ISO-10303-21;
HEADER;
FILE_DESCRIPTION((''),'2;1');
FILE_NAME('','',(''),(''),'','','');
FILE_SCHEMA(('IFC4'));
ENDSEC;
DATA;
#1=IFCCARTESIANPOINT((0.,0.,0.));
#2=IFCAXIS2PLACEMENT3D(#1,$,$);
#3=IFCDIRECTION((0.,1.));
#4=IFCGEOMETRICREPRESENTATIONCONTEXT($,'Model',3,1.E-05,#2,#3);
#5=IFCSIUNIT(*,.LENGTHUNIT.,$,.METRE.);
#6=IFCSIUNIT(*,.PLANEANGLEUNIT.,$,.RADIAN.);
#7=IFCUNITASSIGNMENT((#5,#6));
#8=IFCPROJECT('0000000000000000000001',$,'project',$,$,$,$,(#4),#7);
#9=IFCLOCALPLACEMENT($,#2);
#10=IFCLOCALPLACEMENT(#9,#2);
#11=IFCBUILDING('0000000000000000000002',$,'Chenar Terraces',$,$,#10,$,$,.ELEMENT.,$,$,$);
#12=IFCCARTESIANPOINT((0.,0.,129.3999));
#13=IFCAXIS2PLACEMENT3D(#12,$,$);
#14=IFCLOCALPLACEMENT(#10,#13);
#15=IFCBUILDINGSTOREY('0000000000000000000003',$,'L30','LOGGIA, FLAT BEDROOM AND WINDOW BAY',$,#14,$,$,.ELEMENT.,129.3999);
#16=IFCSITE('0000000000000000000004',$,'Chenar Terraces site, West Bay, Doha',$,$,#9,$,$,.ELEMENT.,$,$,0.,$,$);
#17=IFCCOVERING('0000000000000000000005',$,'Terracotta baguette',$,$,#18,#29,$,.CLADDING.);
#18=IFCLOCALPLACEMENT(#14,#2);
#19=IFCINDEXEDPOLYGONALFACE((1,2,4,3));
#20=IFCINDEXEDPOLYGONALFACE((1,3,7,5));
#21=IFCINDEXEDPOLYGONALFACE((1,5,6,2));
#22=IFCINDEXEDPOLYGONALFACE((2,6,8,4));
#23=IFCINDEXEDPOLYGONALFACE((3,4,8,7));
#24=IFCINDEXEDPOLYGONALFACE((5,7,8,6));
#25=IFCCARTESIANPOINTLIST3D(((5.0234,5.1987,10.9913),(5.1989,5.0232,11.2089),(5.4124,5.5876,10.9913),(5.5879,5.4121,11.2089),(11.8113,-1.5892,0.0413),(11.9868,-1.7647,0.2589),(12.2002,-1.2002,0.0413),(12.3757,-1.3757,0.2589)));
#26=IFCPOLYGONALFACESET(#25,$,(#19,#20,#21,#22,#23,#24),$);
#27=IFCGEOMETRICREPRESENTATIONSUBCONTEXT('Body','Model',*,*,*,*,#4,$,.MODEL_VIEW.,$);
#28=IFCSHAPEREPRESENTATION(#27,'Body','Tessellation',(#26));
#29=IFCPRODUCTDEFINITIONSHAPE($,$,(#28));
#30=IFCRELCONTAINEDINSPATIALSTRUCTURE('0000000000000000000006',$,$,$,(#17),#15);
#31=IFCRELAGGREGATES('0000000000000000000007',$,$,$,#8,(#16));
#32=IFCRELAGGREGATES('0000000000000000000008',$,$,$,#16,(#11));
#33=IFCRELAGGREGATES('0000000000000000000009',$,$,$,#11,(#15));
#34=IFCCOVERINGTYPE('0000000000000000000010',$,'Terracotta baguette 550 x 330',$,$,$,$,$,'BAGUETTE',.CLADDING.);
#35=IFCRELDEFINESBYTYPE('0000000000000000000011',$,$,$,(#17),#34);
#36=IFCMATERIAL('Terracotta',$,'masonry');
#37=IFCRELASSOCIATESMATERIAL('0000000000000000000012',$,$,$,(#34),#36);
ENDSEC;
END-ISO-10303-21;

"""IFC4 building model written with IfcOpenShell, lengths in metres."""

from ifc_helpers import new_model, si_unit, direction, frame, origin, origin_2d, place, context, subcontext, project, spatial, rectangle, extrude, material, material_profile, profile_set, type_object, element, save


model = new_model("IFC4")

# Units and contexts
model_context = context("Model", 3, precision=1e-05, world=origin(), true_north=direction((0.0, 1.0)))
body_context = subcontext(model_context, "Body", "Model", "MODEL_VIEW")
ifc_project = project(units=[si_unit("LENGTHUNIT", "METRE"), si_unit("PLANEANGLEUNIT", "RADIAN")], contexts=[model_context])

# Site, building, storey
site_placement = place(None, origin())
site = spatial("IfcSite", under=ifc_project, at=site_placement, Name="Chenar Terraces site, West Bay, Doha", CompositionType="ELEMENT", RefElevation=0.0)
building_placement = place(site_placement, origin())
building = spatial("IfcBuilding", under=site, at=building_placement, Name="Chenar Terraces", CompositionType="ELEMENT")
storey_placement = place(building_placement, frame((0.0, 0.0, 129.3999)))
storey = spatial("IfcBuildingStorey", under=building, at=storey_placement, Name="L30", Description="LOGGIA, FLAT BEDROOM AND WINDOW BAY", CompositionType="ELEMENT", Elevation=129.3999)

# Covering
ifc_material_1 = material(Name="Terracotta", Category="masonry")
ifc_material_profile = material_profile(ifc_material_1, rectangle(XDim=0.55, YDim=0.3301, at=origin_2d()), Name="Terracotta baguette 550 x 330")
ifc_profile_set = profile_set([ifc_material_profile], Name="Terracotta")
covering_type = type_object("IfcCoveringType", Name="Terracotta baguette 550 x 330", ElementType="BAGUETTE", PredefinedType="CLADDING", material=ifc_profile_set)
covering_1_placement = place(storey_placement, frame((5.3057, 5.3054, 11.1001), z_axis=(0.466135, -0.466135, -0.751955), x_axis=(0.707107, 0.707107, 0.0)))
element("IfcCovering", 1, at=covering_1_placement, inside=storey, type_object=covering_type, Name="Terracotta baguette", PredefinedType="CLADDING", context=body_context, shape_type="SweptSolid", body=[
    extrude(rectangle(XDim=0.55, YDim=0.3301, at=origin_2d()), origin(), (0.0, 0.0, 1.0), 14.562),
])

save(model, "model.ifc")
